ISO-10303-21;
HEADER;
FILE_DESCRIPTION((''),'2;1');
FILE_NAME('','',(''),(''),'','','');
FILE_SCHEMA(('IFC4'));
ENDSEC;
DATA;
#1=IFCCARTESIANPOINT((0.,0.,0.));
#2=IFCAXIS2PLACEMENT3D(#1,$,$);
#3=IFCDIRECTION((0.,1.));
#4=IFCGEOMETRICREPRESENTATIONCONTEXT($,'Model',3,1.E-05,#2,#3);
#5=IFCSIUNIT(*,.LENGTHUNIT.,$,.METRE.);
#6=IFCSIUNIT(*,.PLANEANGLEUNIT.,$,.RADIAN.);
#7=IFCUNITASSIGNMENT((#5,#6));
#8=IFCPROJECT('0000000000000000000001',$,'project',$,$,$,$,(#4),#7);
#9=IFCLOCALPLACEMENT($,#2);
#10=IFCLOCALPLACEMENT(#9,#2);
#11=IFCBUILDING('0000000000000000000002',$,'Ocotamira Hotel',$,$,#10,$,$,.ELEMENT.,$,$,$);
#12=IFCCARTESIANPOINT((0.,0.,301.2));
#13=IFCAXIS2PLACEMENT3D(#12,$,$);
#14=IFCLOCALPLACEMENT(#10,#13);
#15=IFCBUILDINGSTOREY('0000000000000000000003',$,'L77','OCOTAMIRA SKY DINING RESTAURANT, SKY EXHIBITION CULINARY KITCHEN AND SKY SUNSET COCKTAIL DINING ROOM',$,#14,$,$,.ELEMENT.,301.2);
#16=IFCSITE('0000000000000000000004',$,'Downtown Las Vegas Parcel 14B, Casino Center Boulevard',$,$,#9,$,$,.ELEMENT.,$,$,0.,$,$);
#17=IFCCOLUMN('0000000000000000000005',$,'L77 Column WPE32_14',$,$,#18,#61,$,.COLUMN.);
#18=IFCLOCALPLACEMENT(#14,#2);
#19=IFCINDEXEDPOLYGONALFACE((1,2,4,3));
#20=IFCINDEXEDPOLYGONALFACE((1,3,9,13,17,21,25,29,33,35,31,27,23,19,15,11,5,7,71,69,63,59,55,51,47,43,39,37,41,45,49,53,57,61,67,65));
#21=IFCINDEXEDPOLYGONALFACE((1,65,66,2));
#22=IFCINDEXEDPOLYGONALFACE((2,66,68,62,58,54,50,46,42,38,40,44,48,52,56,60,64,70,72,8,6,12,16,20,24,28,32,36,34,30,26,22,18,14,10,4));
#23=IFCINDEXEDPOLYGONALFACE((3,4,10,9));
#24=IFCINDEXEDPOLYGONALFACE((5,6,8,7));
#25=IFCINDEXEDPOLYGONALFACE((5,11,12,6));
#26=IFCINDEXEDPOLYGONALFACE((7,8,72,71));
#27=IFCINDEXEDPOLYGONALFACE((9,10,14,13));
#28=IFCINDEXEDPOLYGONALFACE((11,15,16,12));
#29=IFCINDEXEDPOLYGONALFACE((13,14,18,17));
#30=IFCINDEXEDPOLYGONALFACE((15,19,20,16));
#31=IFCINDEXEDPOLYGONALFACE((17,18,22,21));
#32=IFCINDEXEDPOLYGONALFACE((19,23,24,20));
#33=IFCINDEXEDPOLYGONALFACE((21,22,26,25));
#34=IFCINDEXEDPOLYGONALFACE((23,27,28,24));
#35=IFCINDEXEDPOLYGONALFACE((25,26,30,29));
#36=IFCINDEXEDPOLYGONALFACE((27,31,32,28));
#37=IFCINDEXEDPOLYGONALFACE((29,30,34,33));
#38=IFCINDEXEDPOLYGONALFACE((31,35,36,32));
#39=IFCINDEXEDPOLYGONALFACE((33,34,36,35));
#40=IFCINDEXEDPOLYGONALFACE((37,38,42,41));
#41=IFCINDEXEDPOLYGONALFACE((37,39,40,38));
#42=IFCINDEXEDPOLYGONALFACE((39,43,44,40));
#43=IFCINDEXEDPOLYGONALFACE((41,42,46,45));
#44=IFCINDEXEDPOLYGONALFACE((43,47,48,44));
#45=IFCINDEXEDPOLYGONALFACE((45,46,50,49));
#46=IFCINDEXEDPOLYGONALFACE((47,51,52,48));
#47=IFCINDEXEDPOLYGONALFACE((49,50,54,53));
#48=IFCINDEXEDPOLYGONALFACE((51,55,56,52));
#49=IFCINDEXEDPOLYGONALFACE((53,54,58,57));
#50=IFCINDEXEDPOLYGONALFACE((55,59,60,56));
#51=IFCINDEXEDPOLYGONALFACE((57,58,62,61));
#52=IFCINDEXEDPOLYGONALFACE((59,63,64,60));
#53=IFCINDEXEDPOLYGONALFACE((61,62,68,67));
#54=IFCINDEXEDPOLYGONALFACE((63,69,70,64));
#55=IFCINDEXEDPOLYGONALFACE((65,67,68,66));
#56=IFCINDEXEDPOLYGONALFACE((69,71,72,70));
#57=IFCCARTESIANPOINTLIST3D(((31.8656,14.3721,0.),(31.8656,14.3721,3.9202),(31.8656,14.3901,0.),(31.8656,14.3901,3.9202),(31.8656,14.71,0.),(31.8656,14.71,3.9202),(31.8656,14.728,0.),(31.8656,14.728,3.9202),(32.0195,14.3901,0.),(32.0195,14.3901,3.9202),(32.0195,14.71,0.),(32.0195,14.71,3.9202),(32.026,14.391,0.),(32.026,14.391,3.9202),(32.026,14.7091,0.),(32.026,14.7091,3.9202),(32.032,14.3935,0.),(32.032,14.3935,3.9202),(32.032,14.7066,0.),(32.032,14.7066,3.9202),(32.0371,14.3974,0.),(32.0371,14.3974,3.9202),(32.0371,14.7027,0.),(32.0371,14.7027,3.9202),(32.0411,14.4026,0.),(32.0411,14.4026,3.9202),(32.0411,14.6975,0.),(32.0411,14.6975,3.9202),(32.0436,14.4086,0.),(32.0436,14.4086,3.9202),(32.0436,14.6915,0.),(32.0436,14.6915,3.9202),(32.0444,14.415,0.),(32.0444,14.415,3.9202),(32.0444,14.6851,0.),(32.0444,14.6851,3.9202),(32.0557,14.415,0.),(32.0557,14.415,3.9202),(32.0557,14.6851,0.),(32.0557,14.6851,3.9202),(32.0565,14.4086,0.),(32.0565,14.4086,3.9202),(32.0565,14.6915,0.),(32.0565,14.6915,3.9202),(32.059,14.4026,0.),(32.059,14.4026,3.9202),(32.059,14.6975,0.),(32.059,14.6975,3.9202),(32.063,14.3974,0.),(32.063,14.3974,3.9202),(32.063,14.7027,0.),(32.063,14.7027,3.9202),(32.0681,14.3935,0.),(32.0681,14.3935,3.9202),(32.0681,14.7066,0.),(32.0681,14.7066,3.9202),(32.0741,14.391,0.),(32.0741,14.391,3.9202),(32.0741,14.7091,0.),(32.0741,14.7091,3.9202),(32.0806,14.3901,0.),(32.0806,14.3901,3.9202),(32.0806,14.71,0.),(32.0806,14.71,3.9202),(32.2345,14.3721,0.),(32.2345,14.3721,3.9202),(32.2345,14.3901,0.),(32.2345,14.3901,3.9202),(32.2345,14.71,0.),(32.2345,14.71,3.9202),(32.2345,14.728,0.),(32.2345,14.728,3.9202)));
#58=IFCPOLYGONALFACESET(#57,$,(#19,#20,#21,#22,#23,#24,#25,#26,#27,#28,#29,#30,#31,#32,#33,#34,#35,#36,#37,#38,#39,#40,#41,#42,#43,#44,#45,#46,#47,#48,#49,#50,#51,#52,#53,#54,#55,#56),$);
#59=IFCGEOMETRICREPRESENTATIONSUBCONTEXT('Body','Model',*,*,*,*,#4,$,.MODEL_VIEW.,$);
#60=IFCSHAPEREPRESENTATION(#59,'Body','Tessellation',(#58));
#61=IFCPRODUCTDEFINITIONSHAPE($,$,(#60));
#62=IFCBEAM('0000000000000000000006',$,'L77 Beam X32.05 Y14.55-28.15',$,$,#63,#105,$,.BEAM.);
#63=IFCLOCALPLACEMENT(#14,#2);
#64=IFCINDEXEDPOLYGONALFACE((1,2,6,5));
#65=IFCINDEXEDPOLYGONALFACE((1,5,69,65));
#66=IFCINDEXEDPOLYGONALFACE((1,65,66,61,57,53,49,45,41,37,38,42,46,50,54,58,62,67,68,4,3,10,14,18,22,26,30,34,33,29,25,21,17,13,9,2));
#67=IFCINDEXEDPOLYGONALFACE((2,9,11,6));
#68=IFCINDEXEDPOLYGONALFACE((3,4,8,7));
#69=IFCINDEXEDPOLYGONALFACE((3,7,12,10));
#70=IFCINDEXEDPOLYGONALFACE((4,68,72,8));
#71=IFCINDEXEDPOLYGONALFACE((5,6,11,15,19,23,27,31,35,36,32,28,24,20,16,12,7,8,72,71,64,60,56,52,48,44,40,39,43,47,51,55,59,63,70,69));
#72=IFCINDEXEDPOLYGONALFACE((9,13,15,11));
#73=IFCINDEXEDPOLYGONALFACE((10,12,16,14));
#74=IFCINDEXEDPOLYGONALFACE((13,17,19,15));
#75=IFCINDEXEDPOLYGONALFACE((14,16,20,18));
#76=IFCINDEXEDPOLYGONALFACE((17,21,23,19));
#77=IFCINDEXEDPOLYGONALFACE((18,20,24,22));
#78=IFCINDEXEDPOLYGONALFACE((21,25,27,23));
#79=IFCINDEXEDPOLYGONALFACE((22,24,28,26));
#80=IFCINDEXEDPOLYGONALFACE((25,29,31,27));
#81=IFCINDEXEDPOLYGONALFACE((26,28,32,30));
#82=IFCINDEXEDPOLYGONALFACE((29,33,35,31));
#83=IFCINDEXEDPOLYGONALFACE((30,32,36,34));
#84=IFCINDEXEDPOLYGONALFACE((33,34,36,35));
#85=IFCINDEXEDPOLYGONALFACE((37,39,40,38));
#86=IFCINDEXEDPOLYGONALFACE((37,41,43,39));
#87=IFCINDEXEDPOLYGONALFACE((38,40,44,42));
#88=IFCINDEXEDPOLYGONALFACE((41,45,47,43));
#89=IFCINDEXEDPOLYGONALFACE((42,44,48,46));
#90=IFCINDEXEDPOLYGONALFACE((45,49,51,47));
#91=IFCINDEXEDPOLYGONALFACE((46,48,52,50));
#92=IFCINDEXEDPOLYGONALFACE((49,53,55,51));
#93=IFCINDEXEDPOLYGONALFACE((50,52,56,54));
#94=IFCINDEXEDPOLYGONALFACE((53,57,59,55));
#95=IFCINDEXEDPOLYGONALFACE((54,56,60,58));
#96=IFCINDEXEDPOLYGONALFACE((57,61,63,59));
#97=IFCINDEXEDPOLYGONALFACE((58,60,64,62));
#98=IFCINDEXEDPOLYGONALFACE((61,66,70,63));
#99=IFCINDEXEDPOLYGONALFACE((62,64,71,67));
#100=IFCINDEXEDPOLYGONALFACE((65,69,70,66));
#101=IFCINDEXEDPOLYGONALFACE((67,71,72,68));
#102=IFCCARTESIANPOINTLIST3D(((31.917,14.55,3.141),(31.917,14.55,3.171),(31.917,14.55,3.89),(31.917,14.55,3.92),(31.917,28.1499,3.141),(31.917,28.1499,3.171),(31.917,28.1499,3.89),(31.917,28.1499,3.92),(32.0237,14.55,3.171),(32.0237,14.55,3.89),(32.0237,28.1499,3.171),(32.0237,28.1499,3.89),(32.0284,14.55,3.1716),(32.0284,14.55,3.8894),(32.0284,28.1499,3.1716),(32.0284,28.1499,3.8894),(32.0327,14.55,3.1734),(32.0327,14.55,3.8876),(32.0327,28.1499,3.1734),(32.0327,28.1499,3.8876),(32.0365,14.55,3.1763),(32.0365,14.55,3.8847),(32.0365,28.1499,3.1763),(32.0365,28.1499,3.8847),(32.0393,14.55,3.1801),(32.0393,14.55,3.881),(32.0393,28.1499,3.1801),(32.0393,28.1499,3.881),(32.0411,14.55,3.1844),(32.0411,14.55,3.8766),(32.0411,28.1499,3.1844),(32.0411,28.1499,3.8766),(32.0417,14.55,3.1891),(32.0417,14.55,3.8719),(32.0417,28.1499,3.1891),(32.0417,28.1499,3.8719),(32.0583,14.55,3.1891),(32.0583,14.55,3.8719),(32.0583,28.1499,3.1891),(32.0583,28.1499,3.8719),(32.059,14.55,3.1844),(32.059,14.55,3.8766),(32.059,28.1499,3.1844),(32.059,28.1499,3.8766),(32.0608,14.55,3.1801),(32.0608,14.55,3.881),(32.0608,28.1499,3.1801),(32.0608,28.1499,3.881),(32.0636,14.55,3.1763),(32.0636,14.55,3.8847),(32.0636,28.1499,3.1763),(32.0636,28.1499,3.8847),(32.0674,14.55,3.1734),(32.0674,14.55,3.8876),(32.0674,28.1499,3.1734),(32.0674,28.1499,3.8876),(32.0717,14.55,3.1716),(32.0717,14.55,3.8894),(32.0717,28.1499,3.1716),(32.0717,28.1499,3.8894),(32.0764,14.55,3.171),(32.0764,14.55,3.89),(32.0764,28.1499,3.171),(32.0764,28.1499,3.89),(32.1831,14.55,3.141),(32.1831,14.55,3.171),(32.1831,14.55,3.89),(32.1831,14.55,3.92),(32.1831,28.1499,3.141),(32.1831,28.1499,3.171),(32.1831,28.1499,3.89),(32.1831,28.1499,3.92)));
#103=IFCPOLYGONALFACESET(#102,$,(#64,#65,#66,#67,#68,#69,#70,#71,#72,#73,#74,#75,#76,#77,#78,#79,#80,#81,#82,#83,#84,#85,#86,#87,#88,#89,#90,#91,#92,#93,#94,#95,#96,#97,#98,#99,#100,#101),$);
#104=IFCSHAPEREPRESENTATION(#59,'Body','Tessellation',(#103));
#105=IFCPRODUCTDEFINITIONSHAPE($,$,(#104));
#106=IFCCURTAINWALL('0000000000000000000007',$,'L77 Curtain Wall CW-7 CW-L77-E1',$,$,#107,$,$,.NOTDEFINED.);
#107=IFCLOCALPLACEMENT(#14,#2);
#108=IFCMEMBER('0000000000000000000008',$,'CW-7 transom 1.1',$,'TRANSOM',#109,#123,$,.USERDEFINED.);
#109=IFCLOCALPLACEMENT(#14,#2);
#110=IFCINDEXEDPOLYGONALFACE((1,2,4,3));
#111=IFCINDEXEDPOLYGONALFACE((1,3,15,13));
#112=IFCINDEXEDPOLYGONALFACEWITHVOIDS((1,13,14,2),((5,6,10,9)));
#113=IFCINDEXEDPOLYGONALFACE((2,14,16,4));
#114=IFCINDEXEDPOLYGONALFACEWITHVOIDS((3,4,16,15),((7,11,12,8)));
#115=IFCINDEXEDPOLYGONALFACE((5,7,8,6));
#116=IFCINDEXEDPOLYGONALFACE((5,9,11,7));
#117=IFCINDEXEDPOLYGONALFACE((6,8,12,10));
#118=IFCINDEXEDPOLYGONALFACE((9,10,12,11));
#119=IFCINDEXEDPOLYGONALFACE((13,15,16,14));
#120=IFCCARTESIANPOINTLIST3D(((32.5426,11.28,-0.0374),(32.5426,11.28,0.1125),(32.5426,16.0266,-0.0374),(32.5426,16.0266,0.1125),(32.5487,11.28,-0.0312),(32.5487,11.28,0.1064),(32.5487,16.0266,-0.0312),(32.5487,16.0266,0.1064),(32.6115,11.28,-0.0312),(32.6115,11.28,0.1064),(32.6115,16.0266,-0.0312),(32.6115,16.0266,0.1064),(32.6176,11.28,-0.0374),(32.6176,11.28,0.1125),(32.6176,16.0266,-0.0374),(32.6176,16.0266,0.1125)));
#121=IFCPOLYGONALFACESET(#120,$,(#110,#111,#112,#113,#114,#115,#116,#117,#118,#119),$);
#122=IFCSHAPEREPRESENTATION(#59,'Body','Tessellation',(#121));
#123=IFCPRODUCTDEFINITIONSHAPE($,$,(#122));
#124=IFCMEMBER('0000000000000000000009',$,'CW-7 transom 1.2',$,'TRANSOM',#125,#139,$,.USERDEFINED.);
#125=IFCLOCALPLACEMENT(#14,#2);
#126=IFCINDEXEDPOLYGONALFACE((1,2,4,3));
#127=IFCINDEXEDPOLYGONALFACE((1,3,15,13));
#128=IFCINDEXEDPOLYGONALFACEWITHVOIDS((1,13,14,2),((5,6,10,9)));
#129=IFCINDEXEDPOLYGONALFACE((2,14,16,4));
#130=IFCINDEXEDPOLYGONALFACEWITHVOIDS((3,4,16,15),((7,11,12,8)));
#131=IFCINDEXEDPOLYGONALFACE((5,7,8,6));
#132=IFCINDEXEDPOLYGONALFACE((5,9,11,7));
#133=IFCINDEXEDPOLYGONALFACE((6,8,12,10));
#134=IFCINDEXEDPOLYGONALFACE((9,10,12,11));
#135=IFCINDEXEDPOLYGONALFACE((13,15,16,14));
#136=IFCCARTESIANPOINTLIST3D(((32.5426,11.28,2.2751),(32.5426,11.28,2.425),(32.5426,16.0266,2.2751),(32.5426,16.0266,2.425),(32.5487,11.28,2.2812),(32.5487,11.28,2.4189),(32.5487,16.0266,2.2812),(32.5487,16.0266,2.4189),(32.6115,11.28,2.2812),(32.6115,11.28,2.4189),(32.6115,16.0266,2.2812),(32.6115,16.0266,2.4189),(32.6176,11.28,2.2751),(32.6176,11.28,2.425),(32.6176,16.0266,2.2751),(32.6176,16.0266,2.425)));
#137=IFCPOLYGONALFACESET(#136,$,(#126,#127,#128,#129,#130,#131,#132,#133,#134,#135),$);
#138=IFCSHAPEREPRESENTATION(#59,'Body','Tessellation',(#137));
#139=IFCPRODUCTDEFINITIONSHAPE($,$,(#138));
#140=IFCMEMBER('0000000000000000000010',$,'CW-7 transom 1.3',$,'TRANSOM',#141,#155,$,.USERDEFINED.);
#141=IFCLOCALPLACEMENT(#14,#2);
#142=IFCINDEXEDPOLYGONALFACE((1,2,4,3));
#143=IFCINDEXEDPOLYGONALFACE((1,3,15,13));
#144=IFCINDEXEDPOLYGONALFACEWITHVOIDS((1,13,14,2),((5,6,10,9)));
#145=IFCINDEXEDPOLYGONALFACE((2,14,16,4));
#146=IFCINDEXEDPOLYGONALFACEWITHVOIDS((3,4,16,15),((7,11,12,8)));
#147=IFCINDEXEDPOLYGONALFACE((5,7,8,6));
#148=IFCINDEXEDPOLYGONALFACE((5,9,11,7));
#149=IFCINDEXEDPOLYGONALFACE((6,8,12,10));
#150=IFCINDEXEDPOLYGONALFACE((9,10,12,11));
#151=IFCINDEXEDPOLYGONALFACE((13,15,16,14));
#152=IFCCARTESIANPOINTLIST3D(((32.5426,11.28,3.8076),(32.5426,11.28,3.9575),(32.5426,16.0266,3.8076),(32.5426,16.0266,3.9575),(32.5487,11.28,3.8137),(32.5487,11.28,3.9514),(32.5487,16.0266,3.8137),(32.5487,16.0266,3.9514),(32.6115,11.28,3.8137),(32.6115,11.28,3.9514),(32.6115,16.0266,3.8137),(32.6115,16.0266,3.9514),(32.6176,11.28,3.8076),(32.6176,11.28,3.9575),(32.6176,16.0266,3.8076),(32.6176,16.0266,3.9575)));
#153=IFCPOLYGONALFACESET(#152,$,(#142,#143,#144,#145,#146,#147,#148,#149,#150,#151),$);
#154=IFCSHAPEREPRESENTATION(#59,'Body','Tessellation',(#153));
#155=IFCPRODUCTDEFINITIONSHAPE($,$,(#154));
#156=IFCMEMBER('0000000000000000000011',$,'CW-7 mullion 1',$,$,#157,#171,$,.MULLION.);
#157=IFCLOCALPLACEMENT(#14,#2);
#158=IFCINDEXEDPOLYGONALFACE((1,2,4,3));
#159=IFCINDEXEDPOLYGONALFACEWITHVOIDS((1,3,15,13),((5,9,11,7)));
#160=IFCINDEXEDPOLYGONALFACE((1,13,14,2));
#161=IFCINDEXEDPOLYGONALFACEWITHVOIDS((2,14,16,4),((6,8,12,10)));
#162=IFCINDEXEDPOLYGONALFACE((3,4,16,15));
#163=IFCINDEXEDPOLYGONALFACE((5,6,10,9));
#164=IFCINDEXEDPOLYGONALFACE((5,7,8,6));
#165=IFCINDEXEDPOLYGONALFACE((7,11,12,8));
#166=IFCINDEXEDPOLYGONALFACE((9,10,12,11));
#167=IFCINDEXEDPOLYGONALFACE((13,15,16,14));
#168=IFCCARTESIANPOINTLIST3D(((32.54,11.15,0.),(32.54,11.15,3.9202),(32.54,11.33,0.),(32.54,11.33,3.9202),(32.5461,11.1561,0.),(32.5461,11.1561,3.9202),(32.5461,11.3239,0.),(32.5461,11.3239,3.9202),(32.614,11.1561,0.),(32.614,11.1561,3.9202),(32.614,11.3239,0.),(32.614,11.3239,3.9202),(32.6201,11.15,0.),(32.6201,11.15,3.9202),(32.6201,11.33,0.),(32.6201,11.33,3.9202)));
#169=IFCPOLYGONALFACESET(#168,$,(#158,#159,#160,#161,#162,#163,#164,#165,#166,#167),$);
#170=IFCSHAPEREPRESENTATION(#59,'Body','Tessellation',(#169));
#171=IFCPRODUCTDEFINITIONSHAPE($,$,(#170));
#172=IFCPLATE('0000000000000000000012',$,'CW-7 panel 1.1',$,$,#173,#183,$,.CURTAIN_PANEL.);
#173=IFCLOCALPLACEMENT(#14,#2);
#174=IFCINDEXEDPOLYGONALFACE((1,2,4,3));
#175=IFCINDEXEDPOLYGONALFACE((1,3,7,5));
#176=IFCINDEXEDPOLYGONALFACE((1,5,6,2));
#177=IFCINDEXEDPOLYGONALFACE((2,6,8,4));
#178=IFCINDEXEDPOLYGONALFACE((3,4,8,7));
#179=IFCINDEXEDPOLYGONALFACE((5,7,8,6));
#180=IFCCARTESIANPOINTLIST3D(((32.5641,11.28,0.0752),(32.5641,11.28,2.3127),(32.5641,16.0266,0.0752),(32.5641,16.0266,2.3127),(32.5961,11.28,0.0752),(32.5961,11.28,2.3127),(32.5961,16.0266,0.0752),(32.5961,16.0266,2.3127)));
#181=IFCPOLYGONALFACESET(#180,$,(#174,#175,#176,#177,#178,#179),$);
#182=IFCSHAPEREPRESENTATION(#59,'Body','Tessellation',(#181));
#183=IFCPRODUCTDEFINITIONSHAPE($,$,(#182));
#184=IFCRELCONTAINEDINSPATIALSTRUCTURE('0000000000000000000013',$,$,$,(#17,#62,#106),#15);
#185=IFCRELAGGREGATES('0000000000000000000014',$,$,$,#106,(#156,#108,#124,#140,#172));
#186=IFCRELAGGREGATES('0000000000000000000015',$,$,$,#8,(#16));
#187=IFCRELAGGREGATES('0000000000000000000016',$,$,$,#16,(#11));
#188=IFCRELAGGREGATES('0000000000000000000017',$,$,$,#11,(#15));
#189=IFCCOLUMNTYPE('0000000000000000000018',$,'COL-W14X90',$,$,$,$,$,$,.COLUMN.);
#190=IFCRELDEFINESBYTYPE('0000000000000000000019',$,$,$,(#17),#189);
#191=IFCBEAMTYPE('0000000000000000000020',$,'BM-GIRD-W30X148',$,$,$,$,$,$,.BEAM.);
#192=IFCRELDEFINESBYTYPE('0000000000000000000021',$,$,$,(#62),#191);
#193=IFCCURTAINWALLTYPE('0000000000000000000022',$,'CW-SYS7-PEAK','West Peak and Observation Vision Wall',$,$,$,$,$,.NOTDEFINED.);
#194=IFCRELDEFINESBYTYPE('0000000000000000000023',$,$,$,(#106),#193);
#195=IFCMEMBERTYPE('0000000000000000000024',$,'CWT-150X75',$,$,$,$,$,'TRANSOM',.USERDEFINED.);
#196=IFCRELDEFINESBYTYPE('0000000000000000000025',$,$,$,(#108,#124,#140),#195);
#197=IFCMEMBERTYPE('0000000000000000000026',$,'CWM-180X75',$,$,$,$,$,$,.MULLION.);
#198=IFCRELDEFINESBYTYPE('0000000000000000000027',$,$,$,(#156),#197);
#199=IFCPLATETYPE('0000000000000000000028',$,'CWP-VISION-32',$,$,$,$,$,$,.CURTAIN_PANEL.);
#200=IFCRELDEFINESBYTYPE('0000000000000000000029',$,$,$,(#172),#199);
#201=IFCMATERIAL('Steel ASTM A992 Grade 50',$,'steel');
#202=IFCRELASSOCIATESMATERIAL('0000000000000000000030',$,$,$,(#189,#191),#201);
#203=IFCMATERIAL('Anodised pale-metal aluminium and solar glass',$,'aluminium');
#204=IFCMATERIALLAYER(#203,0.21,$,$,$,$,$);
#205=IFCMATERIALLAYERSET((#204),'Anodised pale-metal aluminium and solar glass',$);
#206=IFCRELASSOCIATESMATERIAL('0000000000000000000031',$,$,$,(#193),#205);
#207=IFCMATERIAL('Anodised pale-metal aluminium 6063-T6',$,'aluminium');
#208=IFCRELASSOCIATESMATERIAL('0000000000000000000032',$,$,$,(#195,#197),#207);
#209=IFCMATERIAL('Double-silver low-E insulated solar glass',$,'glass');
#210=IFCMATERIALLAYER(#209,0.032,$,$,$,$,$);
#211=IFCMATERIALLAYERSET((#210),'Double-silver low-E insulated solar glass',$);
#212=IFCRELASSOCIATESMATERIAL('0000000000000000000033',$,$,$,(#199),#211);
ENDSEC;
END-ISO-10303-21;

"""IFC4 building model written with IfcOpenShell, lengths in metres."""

from ifc_helpers import new_model, si_unit, direction, frame, origin, origin_2d, place, context, subcontext, project, spatial, rectangle, hollow_rectangle, i_section, extrude, source, transform, mapped, material, layer, layer_set, material_profile, profile_set, type_object, element, aggregate, save


model = new_model("IFC4")

# Units and contexts
model_context = context("Model", 3, precision=1e-05, world=origin(), true_north=direction((0.0, 1.0)))
body_context = subcontext(model_context, "Body", "Model", "MODEL_VIEW")
ifc_project = project(units=[si_unit("LENGTHUNIT", "METRE"), si_unit("PLANEANGLEUNIT", "RADIAN")], contexts=[model_context])

# Site, building, storey
site_placement = place(None, origin())
site = spatial("IfcSite", under=ifc_project, at=site_placement, Name="Downtown Las Vegas Parcel 14B, Casino Center Boulevard", CompositionType="ELEMENT", RefElevation=0.0)
building_placement = place(site_placement, origin())
building = spatial("IfcBuilding", under=site, at=building_placement, Name="Ocotamira Hotel", CompositionType="ELEMENT")
storey_placement = place(building_placement, frame((0.0, 0.0, 301.2)))
storey = spatial("IfcBuildingStorey", under=building, at=storey_placement, Name="L77", Description="OCOTAMIRA SKY DINING RESTAURANT, SKY EXHIBITION CULINARY KITCHEN AND SKY SUNSET COCKTAIL DINING ROOM", CompositionType="ELEMENT", Elevation=301.2)

# Column
ifc_material_1 = material(Name="Steel ASTM A992 Grade 50", Category="steel")
ifc_material_profile_1 = material_profile(ifc_material_1, i_section(OverallWidth=0.3689, OverallDepth=0.356, WebThickness=0.0112, FlangeThickness=0.0181, FilletRadius=0.0249, at=origin_2d()), Name="W14X90")
ifc_profile_set_1 = profile_set([ifc_material_profile_1], Name="Steel ASTM A992 Grade 50")
column_type = type_object("IfcColumnType", Name="COL-W14X90", PredefinedType="COLUMN", material=ifc_profile_set_1)
shared_shape_1 = source(origin(), body_context, "Body", "SweptSolid", [
    extrude(i_section(OverallWidth=0.3689, OverallDepth=0.356, WebThickness=0.0112, FlangeThickness=0.0181, FilletRadius=0.0249, at=origin_2d()), origin(), (0.0, 0.0, 1.0), 3.9202),
])
column_placement = place(storey_placement, frame((32.05, 14.55, 0.0), z_axis=(0.0, 0.0, 1.0), x_axis=(1.0, 0.0, 0.0)))
element("IfcColumn", 1, at=column_placement, inside=storey, type_object=column_type, Name="L77 Column WPE32_14", PredefinedType="COLUMN", context=body_context, shape_type="MappedRepresentation", body=[
    mapped(shared_shape_1, transform((0.0, 0.0, 0.0), scale=1.0)),
])

# Beam
ifc_material_profile_2 = material_profile(ifc_material_1, i_section(OverallWidth=0.2661, OverallDepth=0.7791, WebThickness=0.0166, FlangeThickness=0.03, FilletRadius=0.0181, at=origin_2d()), Name="W30X148")
ifc_profile_set_2 = profile_set([ifc_material_profile_2], Name="Steel ASTM A992 Grade 50")
beam_type = type_object("IfcBeamType", Name="BM-GIRD-W30X148", PredefinedType="BEAM", material=ifc_profile_set_2)
shared_shape_2 = source(origin(), body_context, "Body", "SweptSolid", [
    extrude(i_section(OverallWidth=0.2661, OverallDepth=0.7791, WebThickness=0.0166, FlangeThickness=0.03, FilletRadius=0.0181, at=origin_2d()), origin(), (0.0, 0.0, 1.0), 13.5999),
])
beam_placement = place(storey_placement, frame((32.05, 14.55, 3.5305), z_axis=(0.0, 1.0, 0.0), x_axis=(-1.0, 0.0, 0.0)))
element("IfcBeam", 2, at=beam_placement, inside=storey, type_object=beam_type, Name="L77 Beam X32.05 Y14.55-28.15", PredefinedType="BEAM", context=body_context, shape_type="MappedRepresentation", body=[
    mapped(shared_shape_2, transform((0.0, 0.0, 0.0), scale=1.0)),
])

# Curtain wall, members, plate
ifc_material_2 = material(Name="Anodised pale-metal aluminium and solar glass", Category="aluminium")
ifc_layer_1 = layer(ifc_material_2, 0.21)
ifc_layer_set_1 = layer_set([ifc_layer_1], Name="Anodised pale-metal aluminium and solar glass")
curtain_wall_type = type_object("IfcCurtainWallType", Name="CW-SYS7-PEAK", Description="West Peak and Observation Vision Wall", PredefinedType="NOTDEFINED", material=ifc_layer_set_1)
curtain_wall_placement = place(storey_placement, origin())
curtain_wall = element("IfcCurtainWall", 3, at=curtain_wall_placement, inside=storey, type_object=curtain_wall_type, Name="L77 Curtain Wall CW-7 CW-L77-E1", PredefinedType="NOTDEFINED")
ifc_material_3 = material(Name="Anodised pale-metal aluminium 6063-T6", Category="aluminium")
ifc_material_profile_3 = material_profile(ifc_material_3, hollow_rectangle(XDim=0.075, YDim=0.1499, WallThickness=0.0061, at=origin_2d()), Name="HSS150X75X6")
ifc_profile_set_3 = profile_set([ifc_material_profile_3], Name="Anodised pale-metal aluminium 6063-T6")
member_type_1 = type_object("IfcMemberType", Name="CWT-150X75", ElementType="TRANSOM", PredefinedType="USERDEFINED", material=ifc_profile_set_3)
shared_shape_3 = source(origin(), body_context, "Body", "SweptSolid", [
    extrude(hollow_rectangle(XDim=0.075, YDim=0.1499, WallThickness=0.0061, at=origin_2d()), origin(), (0.0, 0.0, 1.0), 4.7466),
])
member_1_placement = place(storey_placement, frame((32.5801, 11.28, 0.0376), z_axis=(0.0, 1.0, 0.0), x_axis=(-1.0, 0.0, 0.0)))
member_1 = element("IfcMember", 4, at=member_1_placement, type_object=member_type_1, Name="CW-7 transom 1.1", ObjectType="TRANSOM", PredefinedType="USERDEFINED", context=body_context, shape_type="MappedRepresentation", body=[
    mapped(shared_shape_3, transform((0.0, 0.0, 0.0), scale=1.0)),
])
member_2_placement = place(storey_placement, frame((32.5801, 11.28, 2.3501), z_axis=(0.0, 1.0, 0.0), x_axis=(-1.0, 0.0, 0.0)))
member_2 = element("IfcMember", 5, at=member_2_placement, type_object=member_type_1, Name="CW-7 transom 1.2", ObjectType="TRANSOM", PredefinedType="USERDEFINED", context=body_context, shape_type="MappedRepresentation", body=[
    mapped(shared_shape_3, transform((0.0, 0.0, 0.0), scale=1.0)),
])
member_3_placement = place(storey_placement, frame((32.5801, 11.28, 3.8826), z_axis=(0.0, 1.0, 0.0), x_axis=(-1.0, 0.0, 0.0)))
member_3 = element("IfcMember", 6, at=member_3_placement, type_object=member_type_1, Name="CW-7 transom 1.3", ObjectType="TRANSOM", PredefinedType="USERDEFINED", context=body_context, shape_type="MappedRepresentation", body=[
    mapped(shared_shape_3, transform((0.0, 0.0, 0.0), scale=1.0)),
])
ifc_material_profile_4 = material_profile(ifc_material_3, hollow_rectangle(XDim=0.0801, YDim=0.1799, WallThickness=0.0061, at=origin_2d()), Name="HSS180X80X6")
ifc_profile_set_4 = profile_set([ifc_material_profile_4], Name="Anodised pale-metal aluminium 6063-T6")
member_type_2 = type_object("IfcMemberType", Name="CWM-180X75", PredefinedType="MULLION", material=ifc_profile_set_4)
shared_shape_4 = source(origin(), body_context, "Body", "SweptSolid", [
    extrude(hollow_rectangle(XDim=0.0801, YDim=0.1799, WallThickness=0.0061, at=origin_2d()), origin(), (0.0, 0.0, 1.0), 3.9202),
])
member_4_placement = place(storey_placement, frame((32.5801, 11.24, 0.0), z_axis=(0.0, 0.0, 1.0), x_axis=(-1.0, 0.0, 0.0)))
member_4 = element("IfcMember", 7, at=member_4_placement, type_object=member_type_2, Name="CW-7 mullion 1", PredefinedType="MULLION", context=body_context, shape_type="MappedRepresentation", body=[
    mapped(shared_shape_4, transform((0.0, 0.0, 0.0), scale=1.0)),
])
ifc_material_4 = material(Name="Double-silver low-E insulated solar glass", Category="glass")
ifc_layer_2 = layer(ifc_material_4, 0.032)
ifc_layer_set_2 = layer_set([ifc_layer_2], Name="Double-silver low-E insulated solar glass")
plate_type = type_object("IfcPlateType", Name="CWP-VISION-32", PredefinedType="CURTAIN_PANEL", material=ifc_layer_set_2)
shared_shape_5 = source(origin(), body_context, "Body", "SweptSolid", [
    extrude(rectangle(XDim=4.7466, YDim=0.032, at=origin_2d()), origin(), (0.0, 0.0, 1.0), 2.2375),
])
plate_1_placement = place(storey_placement, frame((32.5801, 13.6533, 0.0752), z_axis=(0.0, 0.0, 1.0), x_axis=(0.0, 1.0, 0.0)))
plate_1 = element("IfcPlate", 8, at=plate_1_placement, type_object=plate_type, Name="CW-7 panel 1.1", PredefinedType="CURTAIN_PANEL", context=body_context, shape_type="MappedRepresentation", body=[
    mapped(shared_shape_5, transform((0.0, 0.0, 0.0), scale=1.0)),
])
aggregate(curtain_wall, [member_4, member_1, member_2, member_3, plate_1])

save(model, "model.ifc")
